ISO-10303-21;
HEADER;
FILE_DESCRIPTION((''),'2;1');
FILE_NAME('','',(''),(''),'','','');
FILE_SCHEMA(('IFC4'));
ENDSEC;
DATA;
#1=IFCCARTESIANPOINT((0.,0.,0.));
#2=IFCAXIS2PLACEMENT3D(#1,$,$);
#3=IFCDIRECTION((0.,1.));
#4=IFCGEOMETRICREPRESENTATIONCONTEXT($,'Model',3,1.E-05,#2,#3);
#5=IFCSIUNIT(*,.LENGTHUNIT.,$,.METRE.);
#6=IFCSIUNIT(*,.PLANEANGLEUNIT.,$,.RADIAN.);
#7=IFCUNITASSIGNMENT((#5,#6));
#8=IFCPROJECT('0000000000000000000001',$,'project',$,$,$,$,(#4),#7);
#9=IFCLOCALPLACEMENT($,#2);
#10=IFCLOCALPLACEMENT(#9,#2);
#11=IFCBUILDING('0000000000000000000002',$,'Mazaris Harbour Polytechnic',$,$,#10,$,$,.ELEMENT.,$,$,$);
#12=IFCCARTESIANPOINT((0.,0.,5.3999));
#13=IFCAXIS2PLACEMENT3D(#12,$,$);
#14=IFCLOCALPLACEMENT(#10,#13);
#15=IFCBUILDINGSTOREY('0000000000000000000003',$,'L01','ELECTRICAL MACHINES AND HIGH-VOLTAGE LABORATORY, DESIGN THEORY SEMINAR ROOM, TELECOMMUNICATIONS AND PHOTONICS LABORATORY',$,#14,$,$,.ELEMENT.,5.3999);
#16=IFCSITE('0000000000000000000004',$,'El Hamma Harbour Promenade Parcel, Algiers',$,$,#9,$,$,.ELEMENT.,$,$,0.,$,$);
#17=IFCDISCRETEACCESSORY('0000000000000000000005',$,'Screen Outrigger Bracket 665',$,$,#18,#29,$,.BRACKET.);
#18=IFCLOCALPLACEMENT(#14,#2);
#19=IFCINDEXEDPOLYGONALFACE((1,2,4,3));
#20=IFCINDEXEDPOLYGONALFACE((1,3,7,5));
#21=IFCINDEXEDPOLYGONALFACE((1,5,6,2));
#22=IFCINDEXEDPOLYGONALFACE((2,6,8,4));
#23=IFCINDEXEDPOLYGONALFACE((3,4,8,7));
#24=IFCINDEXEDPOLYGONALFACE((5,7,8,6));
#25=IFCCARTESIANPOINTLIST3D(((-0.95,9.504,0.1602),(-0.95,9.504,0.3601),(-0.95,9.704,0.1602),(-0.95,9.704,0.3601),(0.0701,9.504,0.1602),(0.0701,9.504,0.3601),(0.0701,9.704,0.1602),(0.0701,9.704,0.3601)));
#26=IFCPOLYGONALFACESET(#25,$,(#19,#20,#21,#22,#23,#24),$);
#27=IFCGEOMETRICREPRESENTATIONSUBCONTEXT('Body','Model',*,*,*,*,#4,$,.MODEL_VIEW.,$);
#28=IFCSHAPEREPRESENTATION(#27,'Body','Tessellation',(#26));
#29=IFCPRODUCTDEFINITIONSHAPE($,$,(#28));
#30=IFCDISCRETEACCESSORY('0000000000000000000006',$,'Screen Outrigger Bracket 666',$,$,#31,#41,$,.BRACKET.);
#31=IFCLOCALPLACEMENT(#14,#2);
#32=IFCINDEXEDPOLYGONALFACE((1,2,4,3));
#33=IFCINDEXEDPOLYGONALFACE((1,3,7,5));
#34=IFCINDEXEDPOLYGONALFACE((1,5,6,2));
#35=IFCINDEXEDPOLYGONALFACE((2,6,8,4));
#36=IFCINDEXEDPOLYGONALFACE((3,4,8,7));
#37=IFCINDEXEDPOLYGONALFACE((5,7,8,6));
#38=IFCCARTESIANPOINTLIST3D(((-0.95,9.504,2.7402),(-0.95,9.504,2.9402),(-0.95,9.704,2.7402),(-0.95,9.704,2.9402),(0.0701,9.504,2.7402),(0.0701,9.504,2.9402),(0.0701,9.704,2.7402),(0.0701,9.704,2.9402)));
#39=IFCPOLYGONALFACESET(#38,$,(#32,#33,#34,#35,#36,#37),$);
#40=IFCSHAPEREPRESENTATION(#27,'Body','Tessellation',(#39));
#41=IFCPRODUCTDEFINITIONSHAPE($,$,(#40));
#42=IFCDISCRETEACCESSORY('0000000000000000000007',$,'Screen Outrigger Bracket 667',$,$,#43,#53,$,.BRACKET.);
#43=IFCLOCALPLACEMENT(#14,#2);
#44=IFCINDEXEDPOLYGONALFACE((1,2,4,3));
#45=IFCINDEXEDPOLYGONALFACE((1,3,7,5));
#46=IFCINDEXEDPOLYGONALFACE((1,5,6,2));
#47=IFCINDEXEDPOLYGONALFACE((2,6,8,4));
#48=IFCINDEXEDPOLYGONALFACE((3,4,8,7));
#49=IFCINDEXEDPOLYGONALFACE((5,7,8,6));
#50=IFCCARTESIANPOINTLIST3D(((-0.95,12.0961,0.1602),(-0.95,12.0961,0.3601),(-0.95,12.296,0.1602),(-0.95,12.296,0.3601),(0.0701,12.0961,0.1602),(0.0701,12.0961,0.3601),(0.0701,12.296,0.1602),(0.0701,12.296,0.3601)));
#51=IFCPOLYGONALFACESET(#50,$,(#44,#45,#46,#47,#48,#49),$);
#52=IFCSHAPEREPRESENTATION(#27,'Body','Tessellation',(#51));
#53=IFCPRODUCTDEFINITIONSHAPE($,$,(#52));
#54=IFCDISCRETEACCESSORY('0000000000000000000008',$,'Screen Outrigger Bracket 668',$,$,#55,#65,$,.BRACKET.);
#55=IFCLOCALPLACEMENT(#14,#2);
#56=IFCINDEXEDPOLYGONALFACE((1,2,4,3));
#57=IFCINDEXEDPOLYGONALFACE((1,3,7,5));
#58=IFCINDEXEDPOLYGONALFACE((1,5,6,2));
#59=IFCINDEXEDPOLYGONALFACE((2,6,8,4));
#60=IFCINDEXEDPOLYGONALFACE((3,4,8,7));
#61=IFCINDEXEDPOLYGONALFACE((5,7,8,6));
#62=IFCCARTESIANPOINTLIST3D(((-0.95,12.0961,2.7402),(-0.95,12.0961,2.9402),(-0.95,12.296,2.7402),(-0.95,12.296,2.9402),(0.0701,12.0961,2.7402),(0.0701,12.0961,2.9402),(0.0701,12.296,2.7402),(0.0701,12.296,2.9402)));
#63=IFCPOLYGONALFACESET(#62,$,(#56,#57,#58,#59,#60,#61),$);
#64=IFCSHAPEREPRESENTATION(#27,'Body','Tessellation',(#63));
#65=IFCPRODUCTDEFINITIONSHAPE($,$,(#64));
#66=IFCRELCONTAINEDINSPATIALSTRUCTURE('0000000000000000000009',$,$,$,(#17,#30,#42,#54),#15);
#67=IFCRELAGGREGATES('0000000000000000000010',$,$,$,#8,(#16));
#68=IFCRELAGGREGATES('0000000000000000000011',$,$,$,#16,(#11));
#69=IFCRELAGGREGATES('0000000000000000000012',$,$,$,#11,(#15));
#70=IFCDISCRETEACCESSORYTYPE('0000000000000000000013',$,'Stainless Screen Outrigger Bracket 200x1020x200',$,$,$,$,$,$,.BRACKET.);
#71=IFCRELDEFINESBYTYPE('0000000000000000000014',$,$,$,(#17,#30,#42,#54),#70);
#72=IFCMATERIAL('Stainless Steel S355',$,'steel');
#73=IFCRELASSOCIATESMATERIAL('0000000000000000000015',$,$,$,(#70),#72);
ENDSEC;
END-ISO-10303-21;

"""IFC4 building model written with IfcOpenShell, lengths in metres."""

from ifc_helpers import new_model, si_unit, direction, frame, origin, origin_2d, place, context, subcontext, project, spatial, rectangle, extrude, material, type_object, element, save


model = new_model("IFC4")

# Units and contexts
model_context = context("Model", 3, precision=1e-05, world=origin(), true_north=direction((0.0, 1.0)))
body_context = subcontext(model_context, "Body", "Model", "MODEL_VIEW")
ifc_project = project(units=[si_unit("LENGTHUNIT", "METRE"), si_unit("PLANEANGLEUNIT", "RADIAN")], contexts=[model_context])

# Site, building, storey
site_placement = place(None, origin())
site = spatial("IfcSite", under=ifc_project, at=site_placement, Name="El Hamma Harbour Promenade Parcel, Algiers", CompositionType="ELEMENT", RefElevation=0.0)
building_placement = place(site_placement, origin())
building = spatial("IfcBuilding", under=site, at=building_placement, Name="Mazaris Harbour Polytechnic", CompositionType="ELEMENT")
storey_placement = place(building_placement, frame((0.0, 0.0, 5.3999)))
storey = spatial("IfcBuildingStorey", under=building, at=storey_placement, Name="L01", Description="ELECTRICAL MACHINES AND HIGH-VOLTAGE LABORATORY, DESIGN THEORY SEMINAR ROOM, TELECOMMUNICATIONS AND PHOTONICS LABORATORY", CompositionType="ELEMENT", Elevation=5.3999)

# Discrete accessories
ifc_material_1 = material(Name="Stainless Steel S355", Category="steel")
discrete_accessory_type = type_object("IfcDiscreteAccessoryType", Name="Stainless Screen Outrigger Bracket 200x1020x200", PredefinedType="BRACKET", material=ifc_material_1)
for number, where, z_axis, x_axis, name in (
    (1, (-0.4399, 9.604, 0.1602), (0.0, 0.0, 1.0), (0.0, 1.0, 0.0), "Screen Outrigger Bracket 665"),
    (2, (-0.4399, 9.604, 2.7402), (0.0, 0.0, 1.0), (0.0, 1.0, 0.0), "Screen Outrigger Bracket 666"),
    (3, (-0.4399, 12.196, 0.1602), (0.0, 0.0, 1.0), (0.0, 1.0, 0.0), "Screen Outrigger Bracket 667"),
    (4, (-0.4399, 12.196, 2.7402), (0.0, 0.0, 1.0), (0.0, 1.0, 0.0), "Screen Outrigger Bracket 668"),
):
    element("IfcDiscreteAccessory", number, at=place(storey_placement, frame(where, z_axis=z_axis, x_axis=x_axis)), inside=storey, type_object=discrete_accessory_type, Name=name, PredefinedType="BRACKET", context=body_context, shape_type="SweptSolid", body=[
        extrude(rectangle(XDim=0.2, YDim=1.02, at=origin_2d()), origin(), (0.0, 0.0, 1.0), 0.2),
    ])

save(model, "model.ifc")
